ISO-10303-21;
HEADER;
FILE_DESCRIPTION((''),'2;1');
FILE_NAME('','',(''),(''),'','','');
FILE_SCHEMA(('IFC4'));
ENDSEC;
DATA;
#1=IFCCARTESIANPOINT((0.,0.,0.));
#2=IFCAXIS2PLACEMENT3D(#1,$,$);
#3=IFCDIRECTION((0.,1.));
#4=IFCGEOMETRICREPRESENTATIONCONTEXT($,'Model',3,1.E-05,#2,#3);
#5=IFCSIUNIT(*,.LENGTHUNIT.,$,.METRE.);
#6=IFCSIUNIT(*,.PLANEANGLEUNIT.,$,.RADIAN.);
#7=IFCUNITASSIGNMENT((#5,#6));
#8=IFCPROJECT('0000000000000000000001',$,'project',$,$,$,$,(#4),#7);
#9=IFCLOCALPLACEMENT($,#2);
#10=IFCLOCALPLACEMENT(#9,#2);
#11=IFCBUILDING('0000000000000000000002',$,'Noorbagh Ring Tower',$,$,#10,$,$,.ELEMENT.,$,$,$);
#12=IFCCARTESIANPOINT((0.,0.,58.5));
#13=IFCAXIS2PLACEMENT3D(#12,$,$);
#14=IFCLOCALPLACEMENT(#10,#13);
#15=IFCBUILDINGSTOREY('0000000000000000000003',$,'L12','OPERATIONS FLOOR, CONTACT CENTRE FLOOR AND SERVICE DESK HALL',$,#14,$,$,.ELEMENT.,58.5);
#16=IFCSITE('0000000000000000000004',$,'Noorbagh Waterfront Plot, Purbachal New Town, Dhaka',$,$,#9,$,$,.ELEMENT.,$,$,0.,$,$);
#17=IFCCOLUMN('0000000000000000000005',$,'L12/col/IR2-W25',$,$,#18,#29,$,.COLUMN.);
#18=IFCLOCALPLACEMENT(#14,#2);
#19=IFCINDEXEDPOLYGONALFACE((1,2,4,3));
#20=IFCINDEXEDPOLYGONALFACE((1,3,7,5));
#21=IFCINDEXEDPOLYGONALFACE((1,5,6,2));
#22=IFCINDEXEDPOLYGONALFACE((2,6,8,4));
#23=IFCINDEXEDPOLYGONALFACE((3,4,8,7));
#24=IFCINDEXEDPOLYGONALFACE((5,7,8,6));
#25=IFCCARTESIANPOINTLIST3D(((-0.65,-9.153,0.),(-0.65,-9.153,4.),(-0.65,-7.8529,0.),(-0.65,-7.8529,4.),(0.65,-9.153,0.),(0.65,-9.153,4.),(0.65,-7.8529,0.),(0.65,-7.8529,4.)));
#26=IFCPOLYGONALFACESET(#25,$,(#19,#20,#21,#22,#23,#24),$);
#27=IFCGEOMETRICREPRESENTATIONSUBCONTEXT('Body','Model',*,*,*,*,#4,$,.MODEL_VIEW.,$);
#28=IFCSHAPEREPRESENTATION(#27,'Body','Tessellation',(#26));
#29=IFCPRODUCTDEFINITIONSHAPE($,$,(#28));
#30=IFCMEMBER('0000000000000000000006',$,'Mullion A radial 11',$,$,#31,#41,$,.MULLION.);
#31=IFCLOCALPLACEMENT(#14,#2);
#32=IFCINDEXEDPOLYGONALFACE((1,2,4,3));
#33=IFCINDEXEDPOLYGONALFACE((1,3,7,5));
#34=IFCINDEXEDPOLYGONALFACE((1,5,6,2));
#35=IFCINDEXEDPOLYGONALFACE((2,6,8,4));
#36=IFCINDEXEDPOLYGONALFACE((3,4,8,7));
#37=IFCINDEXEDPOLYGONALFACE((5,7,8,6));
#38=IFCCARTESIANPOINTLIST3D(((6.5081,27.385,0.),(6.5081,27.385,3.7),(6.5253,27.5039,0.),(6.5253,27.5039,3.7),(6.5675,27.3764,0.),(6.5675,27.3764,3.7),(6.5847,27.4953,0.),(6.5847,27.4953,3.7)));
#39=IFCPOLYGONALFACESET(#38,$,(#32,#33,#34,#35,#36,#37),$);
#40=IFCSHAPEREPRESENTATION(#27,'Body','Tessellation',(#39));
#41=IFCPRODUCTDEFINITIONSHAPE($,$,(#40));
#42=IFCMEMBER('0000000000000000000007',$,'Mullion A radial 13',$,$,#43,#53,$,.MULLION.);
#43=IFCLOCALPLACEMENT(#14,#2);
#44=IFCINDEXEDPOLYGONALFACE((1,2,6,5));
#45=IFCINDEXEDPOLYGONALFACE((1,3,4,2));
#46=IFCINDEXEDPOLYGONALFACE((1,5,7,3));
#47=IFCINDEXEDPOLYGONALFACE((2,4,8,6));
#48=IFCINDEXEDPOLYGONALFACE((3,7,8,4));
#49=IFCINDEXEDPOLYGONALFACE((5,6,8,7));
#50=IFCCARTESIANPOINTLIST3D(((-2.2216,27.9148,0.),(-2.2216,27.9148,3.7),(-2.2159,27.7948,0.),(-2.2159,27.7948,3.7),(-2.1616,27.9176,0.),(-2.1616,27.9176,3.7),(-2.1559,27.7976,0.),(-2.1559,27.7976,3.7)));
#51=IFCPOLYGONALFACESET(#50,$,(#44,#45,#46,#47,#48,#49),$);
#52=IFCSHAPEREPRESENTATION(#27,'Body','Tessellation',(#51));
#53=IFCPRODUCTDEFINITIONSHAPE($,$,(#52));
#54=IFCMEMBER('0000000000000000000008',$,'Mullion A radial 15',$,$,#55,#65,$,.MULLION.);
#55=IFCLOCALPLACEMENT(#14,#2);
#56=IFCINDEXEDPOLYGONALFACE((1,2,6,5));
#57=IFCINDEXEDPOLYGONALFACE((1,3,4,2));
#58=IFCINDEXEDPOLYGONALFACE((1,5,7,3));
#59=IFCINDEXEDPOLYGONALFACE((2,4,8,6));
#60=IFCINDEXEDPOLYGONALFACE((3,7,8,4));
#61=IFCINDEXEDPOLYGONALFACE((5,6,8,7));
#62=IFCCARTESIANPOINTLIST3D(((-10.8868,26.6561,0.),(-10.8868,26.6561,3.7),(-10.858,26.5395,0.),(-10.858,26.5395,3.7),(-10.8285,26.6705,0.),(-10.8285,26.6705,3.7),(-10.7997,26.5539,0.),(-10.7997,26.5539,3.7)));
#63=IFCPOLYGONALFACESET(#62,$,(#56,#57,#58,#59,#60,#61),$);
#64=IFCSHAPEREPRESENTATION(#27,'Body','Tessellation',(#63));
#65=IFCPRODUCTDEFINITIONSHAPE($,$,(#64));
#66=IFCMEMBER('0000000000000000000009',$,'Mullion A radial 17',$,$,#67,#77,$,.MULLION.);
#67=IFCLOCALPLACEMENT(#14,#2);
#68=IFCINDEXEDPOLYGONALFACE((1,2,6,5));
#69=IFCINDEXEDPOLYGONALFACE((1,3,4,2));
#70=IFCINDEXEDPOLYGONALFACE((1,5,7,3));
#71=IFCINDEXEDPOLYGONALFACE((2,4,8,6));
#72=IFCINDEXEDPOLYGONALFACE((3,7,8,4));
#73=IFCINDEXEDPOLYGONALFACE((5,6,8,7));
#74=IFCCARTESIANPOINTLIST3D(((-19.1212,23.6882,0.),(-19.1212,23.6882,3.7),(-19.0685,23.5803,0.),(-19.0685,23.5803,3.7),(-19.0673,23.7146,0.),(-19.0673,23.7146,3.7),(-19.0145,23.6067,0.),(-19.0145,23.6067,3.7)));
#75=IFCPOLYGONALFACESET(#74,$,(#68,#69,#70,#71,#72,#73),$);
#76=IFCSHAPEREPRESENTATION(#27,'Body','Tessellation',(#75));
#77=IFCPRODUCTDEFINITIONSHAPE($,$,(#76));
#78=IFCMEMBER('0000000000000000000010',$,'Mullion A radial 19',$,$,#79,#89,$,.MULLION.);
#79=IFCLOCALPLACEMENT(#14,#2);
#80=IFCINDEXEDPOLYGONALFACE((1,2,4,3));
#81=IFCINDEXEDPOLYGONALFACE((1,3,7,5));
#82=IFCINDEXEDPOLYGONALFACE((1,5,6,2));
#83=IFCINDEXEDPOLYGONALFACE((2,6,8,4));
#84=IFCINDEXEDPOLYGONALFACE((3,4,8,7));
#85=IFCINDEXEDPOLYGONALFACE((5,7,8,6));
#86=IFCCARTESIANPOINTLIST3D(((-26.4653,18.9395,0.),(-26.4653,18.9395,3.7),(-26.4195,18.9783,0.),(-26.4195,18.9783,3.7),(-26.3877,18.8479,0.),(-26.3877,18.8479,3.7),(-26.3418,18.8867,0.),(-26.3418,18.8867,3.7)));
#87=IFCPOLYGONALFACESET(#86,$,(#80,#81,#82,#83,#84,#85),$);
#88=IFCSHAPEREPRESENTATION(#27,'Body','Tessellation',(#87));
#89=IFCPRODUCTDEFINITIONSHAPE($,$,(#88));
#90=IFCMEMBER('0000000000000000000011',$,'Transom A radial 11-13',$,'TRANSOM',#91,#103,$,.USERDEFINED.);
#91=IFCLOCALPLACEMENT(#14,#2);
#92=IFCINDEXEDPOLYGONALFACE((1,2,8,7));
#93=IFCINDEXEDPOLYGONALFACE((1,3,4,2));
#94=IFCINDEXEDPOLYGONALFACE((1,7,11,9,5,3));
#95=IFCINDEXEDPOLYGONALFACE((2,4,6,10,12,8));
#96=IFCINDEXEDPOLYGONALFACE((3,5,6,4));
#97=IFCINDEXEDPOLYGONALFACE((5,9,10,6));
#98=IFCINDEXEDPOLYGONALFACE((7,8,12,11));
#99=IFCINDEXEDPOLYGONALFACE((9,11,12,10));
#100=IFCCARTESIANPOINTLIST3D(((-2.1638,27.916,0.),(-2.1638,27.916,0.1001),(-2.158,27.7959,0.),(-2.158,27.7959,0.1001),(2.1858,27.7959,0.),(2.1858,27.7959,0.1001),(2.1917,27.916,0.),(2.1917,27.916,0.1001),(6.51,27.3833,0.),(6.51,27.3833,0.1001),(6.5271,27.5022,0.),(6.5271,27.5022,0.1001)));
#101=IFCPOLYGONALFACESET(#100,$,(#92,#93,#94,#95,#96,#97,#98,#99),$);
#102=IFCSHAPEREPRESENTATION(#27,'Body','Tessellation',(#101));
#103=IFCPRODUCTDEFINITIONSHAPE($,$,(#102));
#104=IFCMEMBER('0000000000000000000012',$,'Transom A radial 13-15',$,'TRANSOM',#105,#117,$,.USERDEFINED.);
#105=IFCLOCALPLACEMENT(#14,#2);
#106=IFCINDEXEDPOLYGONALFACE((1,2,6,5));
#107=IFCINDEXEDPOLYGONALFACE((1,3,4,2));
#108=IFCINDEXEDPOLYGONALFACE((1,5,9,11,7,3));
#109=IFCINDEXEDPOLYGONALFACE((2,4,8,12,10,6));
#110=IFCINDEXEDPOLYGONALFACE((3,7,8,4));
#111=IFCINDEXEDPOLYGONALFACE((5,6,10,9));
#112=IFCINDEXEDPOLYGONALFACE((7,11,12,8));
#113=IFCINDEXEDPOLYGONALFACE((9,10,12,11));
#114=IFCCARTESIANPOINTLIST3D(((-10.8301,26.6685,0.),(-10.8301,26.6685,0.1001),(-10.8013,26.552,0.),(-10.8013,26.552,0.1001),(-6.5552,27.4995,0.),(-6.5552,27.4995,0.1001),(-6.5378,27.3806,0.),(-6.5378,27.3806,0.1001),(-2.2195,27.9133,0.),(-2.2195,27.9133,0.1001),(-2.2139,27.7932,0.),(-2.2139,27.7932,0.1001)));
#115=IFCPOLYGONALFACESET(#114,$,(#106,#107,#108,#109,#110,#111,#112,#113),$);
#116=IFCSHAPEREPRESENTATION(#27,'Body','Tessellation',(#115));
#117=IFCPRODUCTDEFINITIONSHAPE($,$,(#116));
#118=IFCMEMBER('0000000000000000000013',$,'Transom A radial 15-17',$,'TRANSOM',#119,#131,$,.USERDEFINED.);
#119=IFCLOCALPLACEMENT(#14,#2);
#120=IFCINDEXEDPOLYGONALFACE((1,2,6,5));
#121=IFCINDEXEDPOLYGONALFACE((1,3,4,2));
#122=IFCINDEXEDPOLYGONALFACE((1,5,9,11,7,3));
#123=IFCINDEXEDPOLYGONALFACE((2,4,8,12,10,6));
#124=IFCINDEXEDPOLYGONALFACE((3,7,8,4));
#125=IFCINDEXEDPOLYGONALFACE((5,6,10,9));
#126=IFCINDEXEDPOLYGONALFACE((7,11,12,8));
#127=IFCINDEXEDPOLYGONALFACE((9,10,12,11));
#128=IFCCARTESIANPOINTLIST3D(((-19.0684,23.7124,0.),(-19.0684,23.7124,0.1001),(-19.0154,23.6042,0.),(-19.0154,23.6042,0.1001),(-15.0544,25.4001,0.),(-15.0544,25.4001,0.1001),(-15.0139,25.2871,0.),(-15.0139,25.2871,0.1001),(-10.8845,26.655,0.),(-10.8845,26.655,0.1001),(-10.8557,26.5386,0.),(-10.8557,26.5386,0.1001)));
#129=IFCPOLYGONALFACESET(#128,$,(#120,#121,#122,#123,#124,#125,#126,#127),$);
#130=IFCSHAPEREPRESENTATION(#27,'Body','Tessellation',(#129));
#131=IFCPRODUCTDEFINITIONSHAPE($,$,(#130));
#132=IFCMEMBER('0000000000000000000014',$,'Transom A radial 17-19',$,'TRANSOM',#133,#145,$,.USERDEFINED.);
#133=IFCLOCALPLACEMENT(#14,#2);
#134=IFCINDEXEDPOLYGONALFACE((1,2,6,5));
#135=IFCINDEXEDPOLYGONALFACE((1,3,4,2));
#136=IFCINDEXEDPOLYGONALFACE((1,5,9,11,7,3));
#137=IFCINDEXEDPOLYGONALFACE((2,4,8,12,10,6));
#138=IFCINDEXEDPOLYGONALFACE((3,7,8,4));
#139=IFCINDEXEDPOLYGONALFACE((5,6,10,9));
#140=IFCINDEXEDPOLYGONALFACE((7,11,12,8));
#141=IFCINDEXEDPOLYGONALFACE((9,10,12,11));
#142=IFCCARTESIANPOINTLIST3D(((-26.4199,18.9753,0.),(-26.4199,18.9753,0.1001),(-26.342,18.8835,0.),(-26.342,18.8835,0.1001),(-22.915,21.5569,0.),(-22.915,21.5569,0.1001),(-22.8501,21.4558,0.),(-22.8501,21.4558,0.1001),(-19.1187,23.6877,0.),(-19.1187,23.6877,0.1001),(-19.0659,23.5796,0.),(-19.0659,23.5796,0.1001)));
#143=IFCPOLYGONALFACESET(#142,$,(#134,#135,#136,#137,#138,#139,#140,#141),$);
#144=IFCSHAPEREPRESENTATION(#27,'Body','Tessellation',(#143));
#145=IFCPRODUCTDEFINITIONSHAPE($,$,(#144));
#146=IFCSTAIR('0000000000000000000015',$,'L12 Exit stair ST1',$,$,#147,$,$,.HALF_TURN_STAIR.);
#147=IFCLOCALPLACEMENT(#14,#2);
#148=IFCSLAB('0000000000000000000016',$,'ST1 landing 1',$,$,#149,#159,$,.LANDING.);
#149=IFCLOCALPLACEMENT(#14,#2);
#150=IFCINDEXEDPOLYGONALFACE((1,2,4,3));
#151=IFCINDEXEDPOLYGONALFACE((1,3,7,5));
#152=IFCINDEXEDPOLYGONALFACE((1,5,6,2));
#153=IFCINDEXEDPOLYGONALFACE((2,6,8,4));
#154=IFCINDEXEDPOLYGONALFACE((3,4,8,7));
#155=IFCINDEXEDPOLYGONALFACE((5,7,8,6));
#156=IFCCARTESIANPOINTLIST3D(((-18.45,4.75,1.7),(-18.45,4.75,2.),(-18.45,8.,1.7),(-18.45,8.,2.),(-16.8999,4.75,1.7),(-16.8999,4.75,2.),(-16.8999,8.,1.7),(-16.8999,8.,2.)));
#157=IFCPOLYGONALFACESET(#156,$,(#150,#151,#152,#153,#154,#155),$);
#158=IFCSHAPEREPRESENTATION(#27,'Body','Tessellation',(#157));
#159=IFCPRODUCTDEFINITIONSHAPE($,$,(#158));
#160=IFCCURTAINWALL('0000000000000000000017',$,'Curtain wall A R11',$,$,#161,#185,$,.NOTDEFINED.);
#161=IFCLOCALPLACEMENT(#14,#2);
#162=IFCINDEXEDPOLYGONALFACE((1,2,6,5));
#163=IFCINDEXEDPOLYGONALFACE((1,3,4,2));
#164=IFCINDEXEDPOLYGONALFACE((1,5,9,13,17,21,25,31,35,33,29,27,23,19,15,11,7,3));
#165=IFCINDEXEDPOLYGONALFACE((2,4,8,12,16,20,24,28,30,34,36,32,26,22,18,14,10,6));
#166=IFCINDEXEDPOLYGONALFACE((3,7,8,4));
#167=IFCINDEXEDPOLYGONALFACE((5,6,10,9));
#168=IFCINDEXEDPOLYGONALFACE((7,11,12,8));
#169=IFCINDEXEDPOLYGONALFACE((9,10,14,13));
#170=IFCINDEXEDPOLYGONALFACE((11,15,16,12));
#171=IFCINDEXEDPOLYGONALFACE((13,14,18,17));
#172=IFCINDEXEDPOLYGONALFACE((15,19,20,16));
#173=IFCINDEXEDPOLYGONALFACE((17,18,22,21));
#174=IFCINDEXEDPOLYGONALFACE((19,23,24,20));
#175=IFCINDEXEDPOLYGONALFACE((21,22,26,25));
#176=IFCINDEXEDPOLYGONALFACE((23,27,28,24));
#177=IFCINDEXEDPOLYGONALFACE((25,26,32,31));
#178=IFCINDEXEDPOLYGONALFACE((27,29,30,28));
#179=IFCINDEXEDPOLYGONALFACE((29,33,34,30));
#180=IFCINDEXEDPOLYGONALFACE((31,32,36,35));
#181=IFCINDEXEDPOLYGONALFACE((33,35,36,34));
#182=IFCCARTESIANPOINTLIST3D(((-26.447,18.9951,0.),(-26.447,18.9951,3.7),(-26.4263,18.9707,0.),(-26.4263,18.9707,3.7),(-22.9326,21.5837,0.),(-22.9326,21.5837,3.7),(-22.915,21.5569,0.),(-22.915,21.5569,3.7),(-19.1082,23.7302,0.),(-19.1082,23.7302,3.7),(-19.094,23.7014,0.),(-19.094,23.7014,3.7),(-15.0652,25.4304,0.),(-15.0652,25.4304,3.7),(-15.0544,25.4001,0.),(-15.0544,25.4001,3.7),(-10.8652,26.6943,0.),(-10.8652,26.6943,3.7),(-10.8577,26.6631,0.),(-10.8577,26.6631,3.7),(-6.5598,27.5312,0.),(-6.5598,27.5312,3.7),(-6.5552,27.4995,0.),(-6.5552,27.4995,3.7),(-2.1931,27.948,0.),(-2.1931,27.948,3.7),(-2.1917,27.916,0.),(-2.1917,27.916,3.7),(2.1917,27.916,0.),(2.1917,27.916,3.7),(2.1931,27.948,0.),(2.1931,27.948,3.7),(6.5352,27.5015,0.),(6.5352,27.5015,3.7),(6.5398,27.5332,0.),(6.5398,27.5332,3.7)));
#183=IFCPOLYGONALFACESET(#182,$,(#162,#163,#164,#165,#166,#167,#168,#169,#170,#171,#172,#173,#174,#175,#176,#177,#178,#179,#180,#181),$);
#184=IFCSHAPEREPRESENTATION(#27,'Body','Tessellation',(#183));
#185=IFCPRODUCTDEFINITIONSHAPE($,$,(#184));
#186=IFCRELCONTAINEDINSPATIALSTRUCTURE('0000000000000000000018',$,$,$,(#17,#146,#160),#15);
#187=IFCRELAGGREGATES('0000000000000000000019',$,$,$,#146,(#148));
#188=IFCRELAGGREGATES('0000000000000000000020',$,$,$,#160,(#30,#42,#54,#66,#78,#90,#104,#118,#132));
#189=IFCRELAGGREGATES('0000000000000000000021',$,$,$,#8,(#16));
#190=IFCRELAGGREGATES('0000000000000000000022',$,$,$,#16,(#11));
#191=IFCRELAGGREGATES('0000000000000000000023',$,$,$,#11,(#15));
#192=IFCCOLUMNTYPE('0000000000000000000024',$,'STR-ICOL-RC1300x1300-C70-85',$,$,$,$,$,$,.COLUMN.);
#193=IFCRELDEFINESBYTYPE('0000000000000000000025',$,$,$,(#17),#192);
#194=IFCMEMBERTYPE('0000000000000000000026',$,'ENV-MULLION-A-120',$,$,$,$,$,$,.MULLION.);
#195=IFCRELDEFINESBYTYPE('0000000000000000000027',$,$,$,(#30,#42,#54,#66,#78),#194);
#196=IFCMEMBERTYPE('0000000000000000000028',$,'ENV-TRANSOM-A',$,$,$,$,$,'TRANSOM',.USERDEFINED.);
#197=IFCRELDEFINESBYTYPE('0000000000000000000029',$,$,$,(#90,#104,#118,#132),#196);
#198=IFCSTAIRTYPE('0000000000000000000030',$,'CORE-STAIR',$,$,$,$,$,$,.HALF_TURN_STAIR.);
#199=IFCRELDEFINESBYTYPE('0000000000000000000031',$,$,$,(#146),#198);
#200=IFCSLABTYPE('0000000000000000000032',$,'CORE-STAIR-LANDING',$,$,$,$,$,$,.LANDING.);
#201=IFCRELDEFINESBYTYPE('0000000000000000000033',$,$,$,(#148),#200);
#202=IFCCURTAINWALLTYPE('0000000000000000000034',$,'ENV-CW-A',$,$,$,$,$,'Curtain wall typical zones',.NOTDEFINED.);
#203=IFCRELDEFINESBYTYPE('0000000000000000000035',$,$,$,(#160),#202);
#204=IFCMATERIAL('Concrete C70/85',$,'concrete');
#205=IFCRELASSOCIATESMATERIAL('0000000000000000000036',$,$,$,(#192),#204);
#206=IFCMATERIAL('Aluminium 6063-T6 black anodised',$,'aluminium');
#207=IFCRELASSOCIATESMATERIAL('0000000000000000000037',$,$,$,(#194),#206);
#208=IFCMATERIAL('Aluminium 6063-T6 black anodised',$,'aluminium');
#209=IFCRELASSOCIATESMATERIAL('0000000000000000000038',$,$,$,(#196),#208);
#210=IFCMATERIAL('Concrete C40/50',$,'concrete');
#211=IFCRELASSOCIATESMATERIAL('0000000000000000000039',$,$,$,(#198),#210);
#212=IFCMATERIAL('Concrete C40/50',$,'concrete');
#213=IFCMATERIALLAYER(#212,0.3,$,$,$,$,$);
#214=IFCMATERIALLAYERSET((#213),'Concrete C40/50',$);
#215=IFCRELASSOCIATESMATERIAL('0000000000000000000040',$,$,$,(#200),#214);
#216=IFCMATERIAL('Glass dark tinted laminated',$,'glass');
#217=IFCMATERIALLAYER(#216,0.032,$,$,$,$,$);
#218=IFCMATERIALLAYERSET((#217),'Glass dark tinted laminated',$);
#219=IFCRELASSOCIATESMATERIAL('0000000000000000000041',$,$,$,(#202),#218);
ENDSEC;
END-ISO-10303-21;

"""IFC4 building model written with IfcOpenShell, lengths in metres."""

from ifc_helpers import new_model, si_unit, direction, frame, origin, origin_2d, place, context, subcontext, project, spatial, polyline, rectangle, outline, extrude, material, layer, layer_set, material_profile, profile_set, type_object, element, aggregate, save


model = new_model("IFC4")

# Units and contexts
model_context = context("Model", 3, precision=1e-05, world=origin(), true_north=direction((0.0, 1.0)))
body_context = subcontext(model_context, "Body", "Model", "MODEL_VIEW")
ifc_project = project(units=[si_unit("LENGTHUNIT", "METRE"), si_unit("PLANEANGLEUNIT", "RADIAN")], contexts=[model_context])

# Site, building, storey
site_placement = place(None, origin())
site = spatial("IfcSite", under=ifc_project, at=site_placement, Name="Noorbagh Waterfront Plot, Purbachal New Town, Dhaka", CompositionType="ELEMENT", RefElevation=0.0)
building_placement = place(site_placement, origin())
building = spatial("IfcBuilding", under=site, at=building_placement, Name="Noorbagh Ring Tower", CompositionType="ELEMENT")
storey_placement = place(building_placement, frame((0.0, 0.0, 58.5)))
storey = spatial("IfcBuildingStorey", under=building, at=storey_placement, Name="L12", Description="OPERATIONS FLOOR, CONTACT CENTRE FLOOR AND SERVICE DESK HALL", CompositionType="ELEMENT", Elevation=58.5)

# Column
ifc_material_1 = material(Name="Concrete C70/85", Category="concrete")
ifc_material_profile_1 = material_profile(ifc_material_1, rectangle(XDim=1.3, YDim=1.3, at=origin_2d()), Name="RC1300x1300")
ifc_profile_set_1 = profile_set([ifc_material_profile_1], Name="Concrete C70/85")
column_type = type_object("IfcColumnType", Name="STR-ICOL-RC1300x1300-C70-85", PredefinedType="COLUMN", material=ifc_profile_set_1)
column_placement = place(storey_placement, frame((0.0, -8.5029, 0.0), z_axis=(0.0, 0.0, 1.0), x_axis=(1.0, 0.0, 0.0)))
element("IfcColumn", 1, at=column_placement, inside=storey, type_object=column_type, Name="L12/col/IR2-W25", PredefinedType="COLUMN", context=body_context, shape_type="SweptSolid", body=[
    extrude(rectangle(XDim=1.3, YDim=1.3, at=origin_2d()), origin(), (0.0, 0.0, 1.0), 4.0),
])

# Members
ifc_material_2 = material(Name="Aluminium 6063-T6 black anodised", Category="aluminium")
ifc_material_profile_2 = material_profile(ifc_material_2, rectangle(XDim=0.1201, YDim=0.0601, at=origin_2d()), Name="120x60")
ifc_profile_set_2 = profile_set([ifc_material_profile_2], Name="Aluminium 6063-T6 black anodised")
member_type_1 = type_object("IfcMemberType", Name="ENV-MULLION-A-120", PredefinedType="MULLION", material=ifc_profile_set_2)
member_1_placement = place(storey_placement, frame((6.5464, 27.4402, 0.0), z_axis=(0.0, 0.0, 1.0), x_axis=(-0.143082, -0.989711, 0.0)))
member_1 = element("IfcMember", 2, at=member_1_placement, type_object=member_type_1, Name="Mullion A radial 11", PredefinedType="MULLION", context=body_context, shape_type="SweptSolid", body=[
    extrude(rectangle(XDim=0.1201, YDim=0.0601, at=origin_2d()), origin(), (0.0, 0.0, 1.0), 3.7),
])
member_2_placement = place(storey_placement, frame((-2.1887, 27.8562, 0.0), z_axis=(0.0, 0.0, 1.0), x_axis=(0.047558, -0.998868, 0.0)))
member_2 = element("IfcMember", 3, at=member_2_placement, type_object=member_type_1, Name="Mullion A radial 13", PredefinedType="MULLION", context=body_context, shape_type="SweptSolid", body=[
    extrude(rectangle(XDim=0.1201, YDim=0.0601, at=origin_2d()), origin(), (0.0, 0.0, 1.0), 3.7),
])
member_3_placement = place(storey_placement, frame((-10.8433, 26.605, 0.0), z_axis=(0.0, 0.0, 1.0), x_axis=(0.239799, -0.970823, 0.0)))
member_3 = element("IfcMember", 4, at=member_3_placement, type_object=member_type_1, Name="Mullion A radial 15", PredefinedType="MULLION", context=body_context, shape_type="SweptSolid", body=[
    extrude(rectangle(XDim=0.1201, YDim=0.0601, at=origin_2d()), origin(), (0.0, 0.0, 1.0), 3.7),
])
member_4_placement = place(storey_placement, frame((-19.0679, 23.6475, 0.0), z_axis=(0.0, 0.0, 1.0), x_axis=(0.439238, -0.898371, 0.0)))
member_4 = element("IfcMember", 5, at=member_4_placement, type_object=member_type_1, Name="Mullion A radial 17", PredefinedType="MULLION", context=body_context, shape_type="SweptSolid", body=[
    extrude(rectangle(XDim=0.1201, YDim=0.0601, at=origin_2d()), origin(), (0.0, 0.0, 1.0), 3.7),
])
member_5_placement = place(storey_placement, frame((-26.4036, 18.9131, 0.0), z_axis=(0.0, 0.0, 1.0), x_axis=(0.646451, -0.762955, 0.0)))
member_5 = element("IfcMember", 6, at=member_5_placement, type_object=member_type_1, Name="Mullion A radial 19", PredefinedType="MULLION", context=body_context, shape_type="SweptSolid", body=[
    extrude(rectangle(XDim=0.1201, YDim=0.0601, at=origin_2d()), origin(), (0.0, 0.0, 1.0), 3.7),
])
ifc_material_3 = material(Name="Aluminium 6063-T6 black anodised", Category="aluminium")
member_type_2 = type_object("IfcMemberType", Name="ENV-TRANSOM-A", ElementType="TRANSOM", PredefinedType="USERDEFINED", material=ifc_material_3)
member_6_placement = place(storey_placement, origin())
member_6 = element("IfcMember", 7, at=member_6_placement, type_object=member_type_2, Name="Transom A radial 11-13", ObjectType="TRANSOM", PredefinedType="USERDEFINED", context=body_context, shape_type="SweptSolid", body=[
    extrude(outline(polyline([(6.5271, 27.5022), (2.1917, 27.916), (-2.1638, 27.916), (-2.158, 27.7959), (2.1858, 27.7959), (6.51, 27.3833), (6.5271, 27.5022)])), origin(), (0.0, 0.0, 1.0), 0.1001),
])
member_7_placement = place(storey_placement, origin())
member_7 = element("IfcMember", 8, at=member_7_placement, type_object=member_type_2, Name="Transom A radial 13-15", ObjectType="TRANSOM", PredefinedType="USERDEFINED", context=body_context, shape_type="SweptSolid", body=[
    extrude(outline(polyline([(-2.2195, 27.9133), (-6.5552, 27.4995), (-10.8301, 26.6685), (-10.8013, 26.552), (-6.5378, 27.3806), (-2.2139, 27.7932), (-2.2195, 27.9133)])), origin(), (0.0, 0.0, 1.0), 0.1001),
])
member_8_placement = place(storey_placement, origin())
member_8 = element("IfcMember", 9, at=member_8_placement, type_object=member_type_2, Name="Transom A radial 15-17", ObjectType="TRANSOM", PredefinedType="USERDEFINED", context=body_context, shape_type="SweptSolid", body=[
    extrude(outline(polyline([(-10.8845, 26.655), (-15.0544, 25.4001), (-19.0684, 23.7124), (-19.0154, 23.6042), (-15.0139, 25.2871), (-10.8557, 26.5386), (-10.8845, 26.655)])), origin(), (0.0, 0.0, 1.0), 0.1001),
])
member_9_placement = place(storey_placement, origin())
member_9 = element("IfcMember", 10, at=member_9_placement, type_object=member_type_2, Name="Transom A radial 17-19", ObjectType="TRANSOM", PredefinedType="USERDEFINED", context=body_context, shape_type="SweptSolid", body=[
    extrude(outline(polyline([(-19.1187, 23.6877), (-22.915, 21.5569), (-26.4199, 18.9753), (-26.342, 18.8835), (-22.8501, 21.4558), (-19.0659, 23.5796), (-19.1187, 23.6877)])), origin(), (0.0, 0.0, 1.0), 0.1001),
])

# Stair, slab
ifc_material_4 = material(Name="Concrete C40/50", Category="concrete")
stair_type = type_object("IfcStairType", Name="CORE-STAIR", PredefinedType="HALF_TURN_STAIR", material=ifc_material_4)
stair_1_placement = place(storey_placement, origin())
stair_1 = element("IfcStair", 11, at=stair_1_placement, inside=storey, type_object=stair_type, Name="L12 Exit stair ST1", PredefinedType="HALF_TURN_STAIR")
ifc_material_5 = material(Name="Concrete C40/50", Category="concrete")
ifc_layer_1 = layer(ifc_material_5, 0.3)
ifc_layer_set_1 = layer_set([ifc_layer_1], Name="Concrete C40/50")
slab_type_1 = type_object("IfcSlabType", Name="CORE-STAIR-LANDING", PredefinedType="LANDING", material=ifc_layer_set_1)
slab_1_placement = place(storey_placement, frame((0.0, 0.0, 1.7)))
slab_1 = element("IfcSlab", 12, at=slab_1_placement, type_object=slab_type_1, Name="ST1 landing 1", PredefinedType="LANDING", context=body_context, shape_type="SweptSolid", body=[
    extrude(outline(polyline([(-18.45, 4.75), (-16.8999, 4.75), (-16.8999, 8.0), (-18.45, 8.0), (-18.45, 4.75)])), origin(), (0.0, 0.0, 1.0), 0.3),
])
aggregate(stair_1, [slab_1])

# Curtain wall
ifc_material_6 = material(Name="Glass dark tinted laminated", Category="glass")
ifc_layer_2 = layer(ifc_material_6, 0.032)
ifc_layer_set_2 = layer_set([ifc_layer_2], Name="Glass dark tinted laminated")
curtain_wall_type = type_object("IfcCurtainWallType", Name="ENV-CW-A", ElementType="Curtain wall typical zones", PredefinedType="NOTDEFINED", material=ifc_layer_set_2)
curtain_wall_1_placement = place(storey_placement, origin())
curtain_wall_1 = element("IfcCurtainWall", 13, at=curtain_wall_1_placement, inside=storey, type_object=curtain_wall_type, Name="Curtain wall A R11", PredefinedType="NOTDEFINED", context=body_context, shape_type="SweptSolid", body=[
    extrude(outline(polyline([(6.5398, 27.5332), (2.1931, 27.948), (-2.1931, 27.948), (-6.5598, 27.5312), (-10.8652, 26.6943), (-15.0652, 25.4304), (-19.1082, 23.7302), (-22.9326, 21.5837), (-26.447, 18.9951), (-26.4263, 18.9707), (-22.915, 21.5569), (-19.094, 23.7014), (-15.0544, 25.4001), (-10.8577, 26.6631), (-6.5552, 27.4995), (-2.1917, 27.916), (2.1917, 27.916), (6.5352, 27.5015), (6.5398, 27.5332)])), origin(), (0.0, 0.0, 1.0), 3.7),
])
aggregate(curtain_wall_1, [member_1, member_2, member_3, member_4, member_5, member_6, member_7, member_8, member_9])

save(model, "model.ifc")
